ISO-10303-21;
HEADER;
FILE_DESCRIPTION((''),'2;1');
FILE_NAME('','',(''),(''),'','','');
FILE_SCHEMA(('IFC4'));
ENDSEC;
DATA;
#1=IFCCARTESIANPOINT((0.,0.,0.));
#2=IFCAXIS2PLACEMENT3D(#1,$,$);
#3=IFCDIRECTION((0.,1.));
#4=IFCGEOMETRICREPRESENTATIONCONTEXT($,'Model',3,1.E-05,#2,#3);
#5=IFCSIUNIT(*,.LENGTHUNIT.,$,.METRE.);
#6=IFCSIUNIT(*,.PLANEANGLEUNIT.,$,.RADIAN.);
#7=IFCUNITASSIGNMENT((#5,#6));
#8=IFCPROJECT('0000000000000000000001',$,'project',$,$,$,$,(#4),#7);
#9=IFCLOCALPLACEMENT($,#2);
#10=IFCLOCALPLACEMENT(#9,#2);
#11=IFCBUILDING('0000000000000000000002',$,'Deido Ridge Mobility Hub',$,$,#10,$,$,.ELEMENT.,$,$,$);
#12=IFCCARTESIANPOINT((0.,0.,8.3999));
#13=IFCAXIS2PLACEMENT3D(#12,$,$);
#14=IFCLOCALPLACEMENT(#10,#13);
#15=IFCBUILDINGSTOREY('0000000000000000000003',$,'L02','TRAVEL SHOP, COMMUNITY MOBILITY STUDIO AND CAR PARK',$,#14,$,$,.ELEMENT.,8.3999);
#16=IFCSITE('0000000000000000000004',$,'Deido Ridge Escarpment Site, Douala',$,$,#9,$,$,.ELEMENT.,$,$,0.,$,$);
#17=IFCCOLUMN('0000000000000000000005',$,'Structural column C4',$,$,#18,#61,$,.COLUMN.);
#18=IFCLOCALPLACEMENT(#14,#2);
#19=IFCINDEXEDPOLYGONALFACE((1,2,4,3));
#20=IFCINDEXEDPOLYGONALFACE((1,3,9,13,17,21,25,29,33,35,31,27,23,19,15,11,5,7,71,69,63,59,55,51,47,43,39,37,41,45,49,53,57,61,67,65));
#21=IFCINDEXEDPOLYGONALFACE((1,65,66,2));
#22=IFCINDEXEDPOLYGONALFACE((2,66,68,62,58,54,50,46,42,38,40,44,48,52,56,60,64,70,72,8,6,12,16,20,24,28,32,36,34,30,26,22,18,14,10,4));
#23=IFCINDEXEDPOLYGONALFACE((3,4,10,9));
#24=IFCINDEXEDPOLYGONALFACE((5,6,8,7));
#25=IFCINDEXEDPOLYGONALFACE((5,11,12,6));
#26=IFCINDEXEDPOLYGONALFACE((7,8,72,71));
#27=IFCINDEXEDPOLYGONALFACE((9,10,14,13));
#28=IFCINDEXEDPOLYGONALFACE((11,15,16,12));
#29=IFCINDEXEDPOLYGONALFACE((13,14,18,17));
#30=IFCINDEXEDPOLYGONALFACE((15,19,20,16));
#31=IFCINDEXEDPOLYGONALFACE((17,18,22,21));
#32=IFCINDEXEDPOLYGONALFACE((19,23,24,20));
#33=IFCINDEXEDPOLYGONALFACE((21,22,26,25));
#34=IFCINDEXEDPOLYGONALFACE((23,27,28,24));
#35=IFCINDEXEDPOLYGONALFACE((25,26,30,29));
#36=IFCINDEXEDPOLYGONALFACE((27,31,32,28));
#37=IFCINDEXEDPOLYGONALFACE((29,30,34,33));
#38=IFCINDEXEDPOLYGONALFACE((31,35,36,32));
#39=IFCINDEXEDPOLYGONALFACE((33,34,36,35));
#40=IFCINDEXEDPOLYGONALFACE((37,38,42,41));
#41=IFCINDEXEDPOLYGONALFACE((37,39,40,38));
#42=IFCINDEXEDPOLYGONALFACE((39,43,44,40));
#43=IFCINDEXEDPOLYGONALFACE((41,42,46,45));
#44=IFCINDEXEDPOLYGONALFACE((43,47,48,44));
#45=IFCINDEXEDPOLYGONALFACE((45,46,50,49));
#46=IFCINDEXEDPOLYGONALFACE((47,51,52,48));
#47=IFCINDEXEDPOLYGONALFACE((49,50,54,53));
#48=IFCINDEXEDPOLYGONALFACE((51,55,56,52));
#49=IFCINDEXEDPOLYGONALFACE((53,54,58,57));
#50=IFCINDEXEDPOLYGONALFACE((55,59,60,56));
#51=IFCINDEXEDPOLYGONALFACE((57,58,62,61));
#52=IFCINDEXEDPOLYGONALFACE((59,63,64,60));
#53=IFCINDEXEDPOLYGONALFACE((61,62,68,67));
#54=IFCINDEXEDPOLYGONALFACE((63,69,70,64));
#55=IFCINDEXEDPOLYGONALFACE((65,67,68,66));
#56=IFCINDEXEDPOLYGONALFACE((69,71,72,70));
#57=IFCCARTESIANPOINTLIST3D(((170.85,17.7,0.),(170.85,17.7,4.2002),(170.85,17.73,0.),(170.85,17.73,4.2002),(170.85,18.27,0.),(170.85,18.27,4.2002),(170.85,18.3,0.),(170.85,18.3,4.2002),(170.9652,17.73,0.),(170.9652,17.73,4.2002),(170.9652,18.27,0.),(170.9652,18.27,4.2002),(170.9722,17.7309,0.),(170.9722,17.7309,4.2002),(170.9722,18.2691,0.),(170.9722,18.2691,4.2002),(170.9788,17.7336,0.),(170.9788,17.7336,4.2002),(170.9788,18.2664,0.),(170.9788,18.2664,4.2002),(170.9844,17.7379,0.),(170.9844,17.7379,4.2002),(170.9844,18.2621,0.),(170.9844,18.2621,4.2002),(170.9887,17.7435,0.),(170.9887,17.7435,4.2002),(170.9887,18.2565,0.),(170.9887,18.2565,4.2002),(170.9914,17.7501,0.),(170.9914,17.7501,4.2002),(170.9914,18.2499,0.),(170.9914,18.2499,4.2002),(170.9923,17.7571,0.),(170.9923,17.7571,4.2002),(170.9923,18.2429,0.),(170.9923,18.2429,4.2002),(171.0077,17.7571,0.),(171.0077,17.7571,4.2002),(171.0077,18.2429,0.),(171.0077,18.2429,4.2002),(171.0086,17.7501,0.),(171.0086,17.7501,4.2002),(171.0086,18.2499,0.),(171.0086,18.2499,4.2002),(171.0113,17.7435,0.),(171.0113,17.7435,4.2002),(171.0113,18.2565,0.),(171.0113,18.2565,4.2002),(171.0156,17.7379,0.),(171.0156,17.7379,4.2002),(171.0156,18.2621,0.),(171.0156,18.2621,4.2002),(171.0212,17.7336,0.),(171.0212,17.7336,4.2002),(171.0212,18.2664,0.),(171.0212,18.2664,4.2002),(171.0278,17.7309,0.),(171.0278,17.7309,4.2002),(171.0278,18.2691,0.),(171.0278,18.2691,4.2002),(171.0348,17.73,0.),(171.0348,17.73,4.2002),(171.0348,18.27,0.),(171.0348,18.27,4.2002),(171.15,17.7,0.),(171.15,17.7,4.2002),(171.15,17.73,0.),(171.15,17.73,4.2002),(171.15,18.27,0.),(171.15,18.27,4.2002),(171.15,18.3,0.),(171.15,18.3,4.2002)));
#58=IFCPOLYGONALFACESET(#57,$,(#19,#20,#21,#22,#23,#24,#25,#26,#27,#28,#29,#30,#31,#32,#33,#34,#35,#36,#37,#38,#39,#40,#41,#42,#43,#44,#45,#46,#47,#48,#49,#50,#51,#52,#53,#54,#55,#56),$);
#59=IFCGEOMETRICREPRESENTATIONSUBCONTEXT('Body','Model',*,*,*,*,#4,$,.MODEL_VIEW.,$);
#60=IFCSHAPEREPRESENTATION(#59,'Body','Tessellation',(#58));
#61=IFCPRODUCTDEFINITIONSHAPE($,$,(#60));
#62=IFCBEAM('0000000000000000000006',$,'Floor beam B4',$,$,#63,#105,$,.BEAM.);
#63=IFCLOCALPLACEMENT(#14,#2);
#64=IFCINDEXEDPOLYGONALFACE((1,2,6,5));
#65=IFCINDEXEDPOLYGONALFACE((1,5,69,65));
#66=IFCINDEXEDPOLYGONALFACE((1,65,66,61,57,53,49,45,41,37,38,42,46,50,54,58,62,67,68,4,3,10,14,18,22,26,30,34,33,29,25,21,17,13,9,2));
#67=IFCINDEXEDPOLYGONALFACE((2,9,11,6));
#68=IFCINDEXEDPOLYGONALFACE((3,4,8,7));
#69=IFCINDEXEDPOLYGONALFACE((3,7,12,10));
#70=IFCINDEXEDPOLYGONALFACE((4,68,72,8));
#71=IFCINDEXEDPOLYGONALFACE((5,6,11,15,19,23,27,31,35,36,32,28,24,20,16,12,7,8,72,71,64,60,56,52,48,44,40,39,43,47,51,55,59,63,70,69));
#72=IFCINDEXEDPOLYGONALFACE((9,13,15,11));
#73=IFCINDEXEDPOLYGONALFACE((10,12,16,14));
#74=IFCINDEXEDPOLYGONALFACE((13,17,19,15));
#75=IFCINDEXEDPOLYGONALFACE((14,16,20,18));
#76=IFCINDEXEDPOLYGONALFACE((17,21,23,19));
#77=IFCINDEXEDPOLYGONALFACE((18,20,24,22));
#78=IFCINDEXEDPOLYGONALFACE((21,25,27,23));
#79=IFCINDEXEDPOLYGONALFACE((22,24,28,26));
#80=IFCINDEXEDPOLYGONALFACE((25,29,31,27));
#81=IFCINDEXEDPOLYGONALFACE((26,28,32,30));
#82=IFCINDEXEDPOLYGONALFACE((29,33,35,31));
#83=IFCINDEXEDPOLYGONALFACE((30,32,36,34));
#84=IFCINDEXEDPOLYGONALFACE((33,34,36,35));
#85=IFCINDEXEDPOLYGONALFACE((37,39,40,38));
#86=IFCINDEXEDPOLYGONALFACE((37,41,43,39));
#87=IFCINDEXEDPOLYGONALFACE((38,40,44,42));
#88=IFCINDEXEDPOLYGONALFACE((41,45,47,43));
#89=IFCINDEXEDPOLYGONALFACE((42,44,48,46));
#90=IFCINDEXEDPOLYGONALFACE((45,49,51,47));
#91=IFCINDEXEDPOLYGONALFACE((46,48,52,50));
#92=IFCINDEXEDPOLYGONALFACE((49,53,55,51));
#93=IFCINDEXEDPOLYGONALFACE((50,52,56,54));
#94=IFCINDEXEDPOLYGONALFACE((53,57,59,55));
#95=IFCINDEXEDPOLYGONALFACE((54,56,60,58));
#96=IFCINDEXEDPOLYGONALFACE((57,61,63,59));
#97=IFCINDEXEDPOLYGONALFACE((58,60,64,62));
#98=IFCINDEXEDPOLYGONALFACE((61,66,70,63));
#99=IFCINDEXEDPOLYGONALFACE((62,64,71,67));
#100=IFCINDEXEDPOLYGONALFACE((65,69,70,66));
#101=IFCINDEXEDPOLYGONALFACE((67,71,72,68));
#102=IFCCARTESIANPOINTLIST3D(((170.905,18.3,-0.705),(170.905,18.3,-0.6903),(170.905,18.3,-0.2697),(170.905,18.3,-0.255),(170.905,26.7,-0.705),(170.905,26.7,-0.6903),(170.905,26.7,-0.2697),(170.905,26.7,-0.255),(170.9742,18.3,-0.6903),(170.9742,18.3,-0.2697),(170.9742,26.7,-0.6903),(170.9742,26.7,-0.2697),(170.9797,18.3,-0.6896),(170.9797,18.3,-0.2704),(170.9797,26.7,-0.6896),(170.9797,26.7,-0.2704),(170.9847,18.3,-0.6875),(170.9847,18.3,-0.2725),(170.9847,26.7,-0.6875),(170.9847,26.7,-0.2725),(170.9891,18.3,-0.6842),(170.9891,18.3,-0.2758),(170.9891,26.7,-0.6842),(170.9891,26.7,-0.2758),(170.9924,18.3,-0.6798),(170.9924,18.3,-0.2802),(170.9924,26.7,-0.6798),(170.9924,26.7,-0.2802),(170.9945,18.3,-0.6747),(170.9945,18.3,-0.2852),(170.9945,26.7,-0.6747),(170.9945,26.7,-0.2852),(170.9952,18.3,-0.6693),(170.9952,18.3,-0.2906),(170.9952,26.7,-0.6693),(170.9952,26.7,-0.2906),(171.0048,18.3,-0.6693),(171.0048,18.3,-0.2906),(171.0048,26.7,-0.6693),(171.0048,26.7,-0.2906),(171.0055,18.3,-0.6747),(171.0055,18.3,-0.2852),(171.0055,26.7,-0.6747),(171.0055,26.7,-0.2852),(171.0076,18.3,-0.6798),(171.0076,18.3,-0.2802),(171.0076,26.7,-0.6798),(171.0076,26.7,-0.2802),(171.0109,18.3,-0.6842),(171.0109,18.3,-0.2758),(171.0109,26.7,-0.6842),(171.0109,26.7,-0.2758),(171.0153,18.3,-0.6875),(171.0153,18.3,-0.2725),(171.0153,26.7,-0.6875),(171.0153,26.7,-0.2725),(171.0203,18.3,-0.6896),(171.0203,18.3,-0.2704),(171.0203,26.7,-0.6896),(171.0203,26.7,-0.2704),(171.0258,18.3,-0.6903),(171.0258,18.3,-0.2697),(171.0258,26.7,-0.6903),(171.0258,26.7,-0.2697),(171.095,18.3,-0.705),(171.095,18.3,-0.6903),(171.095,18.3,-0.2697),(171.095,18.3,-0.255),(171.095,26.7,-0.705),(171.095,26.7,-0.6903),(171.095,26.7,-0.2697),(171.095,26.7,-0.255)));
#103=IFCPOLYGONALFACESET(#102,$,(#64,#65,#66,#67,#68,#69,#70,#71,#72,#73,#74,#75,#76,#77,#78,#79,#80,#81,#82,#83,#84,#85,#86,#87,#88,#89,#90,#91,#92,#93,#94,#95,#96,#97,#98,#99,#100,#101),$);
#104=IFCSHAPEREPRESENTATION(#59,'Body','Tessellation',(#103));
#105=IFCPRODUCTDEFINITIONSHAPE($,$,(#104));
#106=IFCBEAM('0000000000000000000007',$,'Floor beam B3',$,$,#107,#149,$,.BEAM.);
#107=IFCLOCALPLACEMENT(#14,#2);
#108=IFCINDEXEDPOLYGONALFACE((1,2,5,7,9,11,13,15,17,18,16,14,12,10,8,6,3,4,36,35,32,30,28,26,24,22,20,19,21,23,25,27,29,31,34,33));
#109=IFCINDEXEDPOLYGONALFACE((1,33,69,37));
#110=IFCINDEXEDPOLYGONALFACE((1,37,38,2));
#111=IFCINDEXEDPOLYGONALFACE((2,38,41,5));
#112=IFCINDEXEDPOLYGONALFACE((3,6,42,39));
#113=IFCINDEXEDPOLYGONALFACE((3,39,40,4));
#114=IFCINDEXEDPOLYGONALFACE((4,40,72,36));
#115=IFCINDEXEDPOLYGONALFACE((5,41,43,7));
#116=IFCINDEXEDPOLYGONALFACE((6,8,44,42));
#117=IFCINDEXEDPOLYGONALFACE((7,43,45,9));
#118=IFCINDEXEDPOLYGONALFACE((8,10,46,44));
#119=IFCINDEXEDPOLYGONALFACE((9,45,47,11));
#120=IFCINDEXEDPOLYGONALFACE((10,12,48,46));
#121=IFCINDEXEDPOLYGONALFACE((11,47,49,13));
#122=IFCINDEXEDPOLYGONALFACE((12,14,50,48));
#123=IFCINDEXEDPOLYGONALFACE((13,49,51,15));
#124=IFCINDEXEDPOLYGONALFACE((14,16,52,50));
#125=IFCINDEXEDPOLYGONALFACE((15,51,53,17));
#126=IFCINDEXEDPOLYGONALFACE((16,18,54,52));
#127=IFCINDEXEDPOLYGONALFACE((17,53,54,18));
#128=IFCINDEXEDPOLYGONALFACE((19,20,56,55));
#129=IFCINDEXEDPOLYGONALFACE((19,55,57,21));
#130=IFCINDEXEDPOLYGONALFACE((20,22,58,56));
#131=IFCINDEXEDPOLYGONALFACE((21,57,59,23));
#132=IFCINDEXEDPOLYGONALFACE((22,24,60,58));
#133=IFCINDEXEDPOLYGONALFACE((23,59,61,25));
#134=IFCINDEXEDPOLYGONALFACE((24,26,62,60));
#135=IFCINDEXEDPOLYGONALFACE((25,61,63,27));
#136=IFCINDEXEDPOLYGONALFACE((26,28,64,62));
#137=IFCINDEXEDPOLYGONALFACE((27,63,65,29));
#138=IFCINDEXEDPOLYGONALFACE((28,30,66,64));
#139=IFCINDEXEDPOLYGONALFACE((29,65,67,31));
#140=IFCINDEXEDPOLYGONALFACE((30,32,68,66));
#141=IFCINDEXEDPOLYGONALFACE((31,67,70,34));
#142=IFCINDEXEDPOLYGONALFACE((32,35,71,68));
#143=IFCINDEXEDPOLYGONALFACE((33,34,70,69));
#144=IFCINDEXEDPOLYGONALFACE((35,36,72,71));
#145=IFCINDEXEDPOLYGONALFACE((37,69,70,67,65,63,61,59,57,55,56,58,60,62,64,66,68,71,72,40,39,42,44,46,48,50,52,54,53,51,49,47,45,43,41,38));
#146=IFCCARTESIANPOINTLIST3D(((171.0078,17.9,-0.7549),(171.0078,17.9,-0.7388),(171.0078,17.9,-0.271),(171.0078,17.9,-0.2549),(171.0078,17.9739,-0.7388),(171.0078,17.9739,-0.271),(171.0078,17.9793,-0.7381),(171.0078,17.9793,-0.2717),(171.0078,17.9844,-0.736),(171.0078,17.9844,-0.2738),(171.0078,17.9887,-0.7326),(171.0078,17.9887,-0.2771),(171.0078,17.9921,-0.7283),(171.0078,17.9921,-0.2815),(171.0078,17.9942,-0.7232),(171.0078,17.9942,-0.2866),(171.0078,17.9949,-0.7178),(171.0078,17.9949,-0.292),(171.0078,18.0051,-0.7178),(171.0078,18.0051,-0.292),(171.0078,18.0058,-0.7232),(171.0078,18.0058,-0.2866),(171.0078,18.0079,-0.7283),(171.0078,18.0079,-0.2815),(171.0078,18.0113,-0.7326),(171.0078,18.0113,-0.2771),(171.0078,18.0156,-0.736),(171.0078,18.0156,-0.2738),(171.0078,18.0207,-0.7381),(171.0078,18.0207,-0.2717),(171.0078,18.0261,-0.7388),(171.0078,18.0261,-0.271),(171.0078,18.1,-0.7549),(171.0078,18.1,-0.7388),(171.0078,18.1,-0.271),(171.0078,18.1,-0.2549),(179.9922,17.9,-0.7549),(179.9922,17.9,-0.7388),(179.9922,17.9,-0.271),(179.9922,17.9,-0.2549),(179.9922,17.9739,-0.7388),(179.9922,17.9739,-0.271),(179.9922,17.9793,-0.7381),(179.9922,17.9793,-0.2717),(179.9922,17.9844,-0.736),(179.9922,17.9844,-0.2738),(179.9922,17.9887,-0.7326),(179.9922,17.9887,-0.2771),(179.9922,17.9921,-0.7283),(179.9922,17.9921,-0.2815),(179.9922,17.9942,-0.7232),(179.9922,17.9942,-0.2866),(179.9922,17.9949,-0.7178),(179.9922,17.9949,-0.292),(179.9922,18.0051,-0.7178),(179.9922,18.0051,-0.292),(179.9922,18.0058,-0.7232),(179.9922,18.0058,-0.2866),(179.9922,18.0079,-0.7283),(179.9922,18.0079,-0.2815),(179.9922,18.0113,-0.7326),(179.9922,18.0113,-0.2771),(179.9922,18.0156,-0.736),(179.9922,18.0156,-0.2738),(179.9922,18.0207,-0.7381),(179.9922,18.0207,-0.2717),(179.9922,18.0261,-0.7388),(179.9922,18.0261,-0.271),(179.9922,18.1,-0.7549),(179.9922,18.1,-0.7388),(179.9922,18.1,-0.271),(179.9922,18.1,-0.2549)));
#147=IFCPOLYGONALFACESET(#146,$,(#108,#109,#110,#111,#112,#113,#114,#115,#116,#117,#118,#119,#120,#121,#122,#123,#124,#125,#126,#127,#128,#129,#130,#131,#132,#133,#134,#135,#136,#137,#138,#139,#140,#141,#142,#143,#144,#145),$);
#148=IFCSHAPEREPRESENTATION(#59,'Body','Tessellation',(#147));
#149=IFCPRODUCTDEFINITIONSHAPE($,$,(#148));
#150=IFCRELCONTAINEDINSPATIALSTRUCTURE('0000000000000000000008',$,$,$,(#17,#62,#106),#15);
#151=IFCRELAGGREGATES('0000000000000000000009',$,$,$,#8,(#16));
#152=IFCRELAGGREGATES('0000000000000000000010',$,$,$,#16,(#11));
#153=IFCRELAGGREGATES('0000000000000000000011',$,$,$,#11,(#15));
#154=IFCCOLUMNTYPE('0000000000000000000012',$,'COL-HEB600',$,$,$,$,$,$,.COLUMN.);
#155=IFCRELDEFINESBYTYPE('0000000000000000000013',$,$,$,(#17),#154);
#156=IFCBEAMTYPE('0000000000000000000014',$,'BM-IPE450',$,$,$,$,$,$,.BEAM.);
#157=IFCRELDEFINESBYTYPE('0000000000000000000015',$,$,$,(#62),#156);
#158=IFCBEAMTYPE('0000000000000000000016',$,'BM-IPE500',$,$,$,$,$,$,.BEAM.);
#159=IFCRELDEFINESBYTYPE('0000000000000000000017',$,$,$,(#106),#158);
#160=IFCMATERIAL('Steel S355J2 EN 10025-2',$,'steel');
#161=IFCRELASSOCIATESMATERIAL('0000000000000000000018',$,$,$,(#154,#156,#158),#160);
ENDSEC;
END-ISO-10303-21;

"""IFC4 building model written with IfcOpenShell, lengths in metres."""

from ifc_helpers import new_model, si_unit, direction, frame, origin, origin_2d, place, context, subcontext, project, spatial, i_section, extrude, material, material_profile, profile_set, type_object, element, save


model = new_model("IFC4")

# Units and contexts
model_context = context("Model", 3, precision=1e-05, world=origin(), true_north=direction((0.0, 1.0)))
body_context = subcontext(model_context, "Body", "Model", "MODEL_VIEW")
ifc_project = project(units=[si_unit("LENGTHUNIT", "METRE"), si_unit("PLANEANGLEUNIT", "RADIAN")], contexts=[model_context])

# Site, building, storey
site_placement = place(None, origin())
site = spatial("IfcSite", under=ifc_project, at=site_placement, Name="Deido Ridge Escarpment Site, Douala", CompositionType="ELEMENT", RefElevation=0.0)
building_placement = place(site_placement, origin())
building = spatial("IfcBuilding", under=site, at=building_placement, Name="Deido Ridge Mobility Hub", CompositionType="ELEMENT")
storey_placement = place(building_placement, frame((0.0, 0.0, 8.3999)))
storey = spatial("IfcBuildingStorey", under=building, at=storey_placement, Name="L02", Description="TRAVEL SHOP, COMMUNITY MOBILITY STUDIO AND CAR PARK", CompositionType="ELEMENT", Elevation=8.3999)

# Column
ifc_material_1 = material(Name="Steel S355J2 EN 10025-2", Category="steel")
ifc_material_profile_1 = material_profile(ifc_material_1, i_section(OverallWidth=0.3, OverallDepth=0.6001, WebThickness=0.0154, FlangeThickness=0.03, FilletRadius=0.0271, at=origin_2d()), Name="HEB 600")
ifc_profile_set_1 = profile_set([ifc_material_profile_1], Name="Steel S355J2 EN 10025-2")
column_type = type_object("IfcColumnType", Name="COL-HEB600", PredefinedType="COLUMN", material=ifc_profile_set_1)
column_placement = place(storey_placement, frame((171.0, 18.0, 0.0), z_axis=(0.0, 0.0, 1.0), x_axis=(1.0, 0.0, 0.0)))
element("IfcColumn", 1, at=column_placement, inside=storey, type_object=column_type, Name="Structural column C4", PredefinedType="COLUMN", context=body_context, shape_type="SweptSolid", body=[
    extrude(i_section(OverallWidth=0.3, OverallDepth=0.6001, WebThickness=0.0154, FlangeThickness=0.03, FilletRadius=0.0271, at=origin_2d()), origin(), (0.0, 0.0, 1.0), 4.2002),
])

# Beams
ifc_material_profile_2 = material_profile(ifc_material_1, i_section(OverallWidth=0.1899, OverallDepth=0.45, WebThickness=0.0095, FlangeThickness=0.0146, FilletRadius=0.021, at=origin_2d()), Name="IPE 450")
ifc_profile_set_2 = profile_set([ifc_material_profile_2], Name="Steel S355J2 EN 10025-2")
beam_type_1 = type_object("IfcBeamType", Name="BM-IPE450", PredefinedType="BEAM", material=ifc_profile_set_2)
beam_1_placement = place(storey_placement, frame((171.0, 18.3, -0.48), z_axis=(0.0, 1.0, 0.0), x_axis=(-1.0, 0.0, 0.0)))
element("IfcBeam", 2, at=beam_1_placement, inside=storey, type_object=beam_type_1, Name="Floor beam B4", PredefinedType="BEAM", context=body_context, shape_type="SweptSolid", body=[
    extrude(i_section(OverallWidth=0.1899, OverallDepth=0.45, WebThickness=0.0095, FlangeThickness=0.0146, FilletRadius=0.021, at=origin_2d()), origin(), (0.0, 0.0, 1.0), 8.3999),
])
ifc_material_profile_3 = material_profile(ifc_material_1, i_section(OverallWidth=0.2, OverallDepth=0.5, WebThickness=0.0103, FlangeThickness=0.0161, FilletRadius=0.021, at=origin_2d()), Name="IPE 500")
ifc_profile_set_3 = profile_set([ifc_material_profile_3], Name="Steel S355J2 EN 10025-2")
beam_type_2 = type_object("IfcBeamType", Name="BM-IPE500", PredefinedType="BEAM", material=ifc_profile_set_3)
beam_2_placement = place(storey_placement, frame((171.0078, 18.0, -0.5049), z_axis=(1.0, 0.0, 0.0), x_axis=(0.0, 1.0, 0.0)))
element("IfcBeam", 3, at=beam_2_placement, inside=storey, type_object=beam_type_2, Name="Floor beam B3", PredefinedType="BEAM", context=body_context, shape_type="SweptSolid", body=[
    extrude(i_section(OverallWidth=0.2, OverallDepth=0.5, WebThickness=0.0103, FlangeThickness=0.0161, FilletRadius=0.021, at=origin_2d()), origin(), (0.0, 0.0, 1.0), 8.9844),
])

save(model, "model.ifc")
